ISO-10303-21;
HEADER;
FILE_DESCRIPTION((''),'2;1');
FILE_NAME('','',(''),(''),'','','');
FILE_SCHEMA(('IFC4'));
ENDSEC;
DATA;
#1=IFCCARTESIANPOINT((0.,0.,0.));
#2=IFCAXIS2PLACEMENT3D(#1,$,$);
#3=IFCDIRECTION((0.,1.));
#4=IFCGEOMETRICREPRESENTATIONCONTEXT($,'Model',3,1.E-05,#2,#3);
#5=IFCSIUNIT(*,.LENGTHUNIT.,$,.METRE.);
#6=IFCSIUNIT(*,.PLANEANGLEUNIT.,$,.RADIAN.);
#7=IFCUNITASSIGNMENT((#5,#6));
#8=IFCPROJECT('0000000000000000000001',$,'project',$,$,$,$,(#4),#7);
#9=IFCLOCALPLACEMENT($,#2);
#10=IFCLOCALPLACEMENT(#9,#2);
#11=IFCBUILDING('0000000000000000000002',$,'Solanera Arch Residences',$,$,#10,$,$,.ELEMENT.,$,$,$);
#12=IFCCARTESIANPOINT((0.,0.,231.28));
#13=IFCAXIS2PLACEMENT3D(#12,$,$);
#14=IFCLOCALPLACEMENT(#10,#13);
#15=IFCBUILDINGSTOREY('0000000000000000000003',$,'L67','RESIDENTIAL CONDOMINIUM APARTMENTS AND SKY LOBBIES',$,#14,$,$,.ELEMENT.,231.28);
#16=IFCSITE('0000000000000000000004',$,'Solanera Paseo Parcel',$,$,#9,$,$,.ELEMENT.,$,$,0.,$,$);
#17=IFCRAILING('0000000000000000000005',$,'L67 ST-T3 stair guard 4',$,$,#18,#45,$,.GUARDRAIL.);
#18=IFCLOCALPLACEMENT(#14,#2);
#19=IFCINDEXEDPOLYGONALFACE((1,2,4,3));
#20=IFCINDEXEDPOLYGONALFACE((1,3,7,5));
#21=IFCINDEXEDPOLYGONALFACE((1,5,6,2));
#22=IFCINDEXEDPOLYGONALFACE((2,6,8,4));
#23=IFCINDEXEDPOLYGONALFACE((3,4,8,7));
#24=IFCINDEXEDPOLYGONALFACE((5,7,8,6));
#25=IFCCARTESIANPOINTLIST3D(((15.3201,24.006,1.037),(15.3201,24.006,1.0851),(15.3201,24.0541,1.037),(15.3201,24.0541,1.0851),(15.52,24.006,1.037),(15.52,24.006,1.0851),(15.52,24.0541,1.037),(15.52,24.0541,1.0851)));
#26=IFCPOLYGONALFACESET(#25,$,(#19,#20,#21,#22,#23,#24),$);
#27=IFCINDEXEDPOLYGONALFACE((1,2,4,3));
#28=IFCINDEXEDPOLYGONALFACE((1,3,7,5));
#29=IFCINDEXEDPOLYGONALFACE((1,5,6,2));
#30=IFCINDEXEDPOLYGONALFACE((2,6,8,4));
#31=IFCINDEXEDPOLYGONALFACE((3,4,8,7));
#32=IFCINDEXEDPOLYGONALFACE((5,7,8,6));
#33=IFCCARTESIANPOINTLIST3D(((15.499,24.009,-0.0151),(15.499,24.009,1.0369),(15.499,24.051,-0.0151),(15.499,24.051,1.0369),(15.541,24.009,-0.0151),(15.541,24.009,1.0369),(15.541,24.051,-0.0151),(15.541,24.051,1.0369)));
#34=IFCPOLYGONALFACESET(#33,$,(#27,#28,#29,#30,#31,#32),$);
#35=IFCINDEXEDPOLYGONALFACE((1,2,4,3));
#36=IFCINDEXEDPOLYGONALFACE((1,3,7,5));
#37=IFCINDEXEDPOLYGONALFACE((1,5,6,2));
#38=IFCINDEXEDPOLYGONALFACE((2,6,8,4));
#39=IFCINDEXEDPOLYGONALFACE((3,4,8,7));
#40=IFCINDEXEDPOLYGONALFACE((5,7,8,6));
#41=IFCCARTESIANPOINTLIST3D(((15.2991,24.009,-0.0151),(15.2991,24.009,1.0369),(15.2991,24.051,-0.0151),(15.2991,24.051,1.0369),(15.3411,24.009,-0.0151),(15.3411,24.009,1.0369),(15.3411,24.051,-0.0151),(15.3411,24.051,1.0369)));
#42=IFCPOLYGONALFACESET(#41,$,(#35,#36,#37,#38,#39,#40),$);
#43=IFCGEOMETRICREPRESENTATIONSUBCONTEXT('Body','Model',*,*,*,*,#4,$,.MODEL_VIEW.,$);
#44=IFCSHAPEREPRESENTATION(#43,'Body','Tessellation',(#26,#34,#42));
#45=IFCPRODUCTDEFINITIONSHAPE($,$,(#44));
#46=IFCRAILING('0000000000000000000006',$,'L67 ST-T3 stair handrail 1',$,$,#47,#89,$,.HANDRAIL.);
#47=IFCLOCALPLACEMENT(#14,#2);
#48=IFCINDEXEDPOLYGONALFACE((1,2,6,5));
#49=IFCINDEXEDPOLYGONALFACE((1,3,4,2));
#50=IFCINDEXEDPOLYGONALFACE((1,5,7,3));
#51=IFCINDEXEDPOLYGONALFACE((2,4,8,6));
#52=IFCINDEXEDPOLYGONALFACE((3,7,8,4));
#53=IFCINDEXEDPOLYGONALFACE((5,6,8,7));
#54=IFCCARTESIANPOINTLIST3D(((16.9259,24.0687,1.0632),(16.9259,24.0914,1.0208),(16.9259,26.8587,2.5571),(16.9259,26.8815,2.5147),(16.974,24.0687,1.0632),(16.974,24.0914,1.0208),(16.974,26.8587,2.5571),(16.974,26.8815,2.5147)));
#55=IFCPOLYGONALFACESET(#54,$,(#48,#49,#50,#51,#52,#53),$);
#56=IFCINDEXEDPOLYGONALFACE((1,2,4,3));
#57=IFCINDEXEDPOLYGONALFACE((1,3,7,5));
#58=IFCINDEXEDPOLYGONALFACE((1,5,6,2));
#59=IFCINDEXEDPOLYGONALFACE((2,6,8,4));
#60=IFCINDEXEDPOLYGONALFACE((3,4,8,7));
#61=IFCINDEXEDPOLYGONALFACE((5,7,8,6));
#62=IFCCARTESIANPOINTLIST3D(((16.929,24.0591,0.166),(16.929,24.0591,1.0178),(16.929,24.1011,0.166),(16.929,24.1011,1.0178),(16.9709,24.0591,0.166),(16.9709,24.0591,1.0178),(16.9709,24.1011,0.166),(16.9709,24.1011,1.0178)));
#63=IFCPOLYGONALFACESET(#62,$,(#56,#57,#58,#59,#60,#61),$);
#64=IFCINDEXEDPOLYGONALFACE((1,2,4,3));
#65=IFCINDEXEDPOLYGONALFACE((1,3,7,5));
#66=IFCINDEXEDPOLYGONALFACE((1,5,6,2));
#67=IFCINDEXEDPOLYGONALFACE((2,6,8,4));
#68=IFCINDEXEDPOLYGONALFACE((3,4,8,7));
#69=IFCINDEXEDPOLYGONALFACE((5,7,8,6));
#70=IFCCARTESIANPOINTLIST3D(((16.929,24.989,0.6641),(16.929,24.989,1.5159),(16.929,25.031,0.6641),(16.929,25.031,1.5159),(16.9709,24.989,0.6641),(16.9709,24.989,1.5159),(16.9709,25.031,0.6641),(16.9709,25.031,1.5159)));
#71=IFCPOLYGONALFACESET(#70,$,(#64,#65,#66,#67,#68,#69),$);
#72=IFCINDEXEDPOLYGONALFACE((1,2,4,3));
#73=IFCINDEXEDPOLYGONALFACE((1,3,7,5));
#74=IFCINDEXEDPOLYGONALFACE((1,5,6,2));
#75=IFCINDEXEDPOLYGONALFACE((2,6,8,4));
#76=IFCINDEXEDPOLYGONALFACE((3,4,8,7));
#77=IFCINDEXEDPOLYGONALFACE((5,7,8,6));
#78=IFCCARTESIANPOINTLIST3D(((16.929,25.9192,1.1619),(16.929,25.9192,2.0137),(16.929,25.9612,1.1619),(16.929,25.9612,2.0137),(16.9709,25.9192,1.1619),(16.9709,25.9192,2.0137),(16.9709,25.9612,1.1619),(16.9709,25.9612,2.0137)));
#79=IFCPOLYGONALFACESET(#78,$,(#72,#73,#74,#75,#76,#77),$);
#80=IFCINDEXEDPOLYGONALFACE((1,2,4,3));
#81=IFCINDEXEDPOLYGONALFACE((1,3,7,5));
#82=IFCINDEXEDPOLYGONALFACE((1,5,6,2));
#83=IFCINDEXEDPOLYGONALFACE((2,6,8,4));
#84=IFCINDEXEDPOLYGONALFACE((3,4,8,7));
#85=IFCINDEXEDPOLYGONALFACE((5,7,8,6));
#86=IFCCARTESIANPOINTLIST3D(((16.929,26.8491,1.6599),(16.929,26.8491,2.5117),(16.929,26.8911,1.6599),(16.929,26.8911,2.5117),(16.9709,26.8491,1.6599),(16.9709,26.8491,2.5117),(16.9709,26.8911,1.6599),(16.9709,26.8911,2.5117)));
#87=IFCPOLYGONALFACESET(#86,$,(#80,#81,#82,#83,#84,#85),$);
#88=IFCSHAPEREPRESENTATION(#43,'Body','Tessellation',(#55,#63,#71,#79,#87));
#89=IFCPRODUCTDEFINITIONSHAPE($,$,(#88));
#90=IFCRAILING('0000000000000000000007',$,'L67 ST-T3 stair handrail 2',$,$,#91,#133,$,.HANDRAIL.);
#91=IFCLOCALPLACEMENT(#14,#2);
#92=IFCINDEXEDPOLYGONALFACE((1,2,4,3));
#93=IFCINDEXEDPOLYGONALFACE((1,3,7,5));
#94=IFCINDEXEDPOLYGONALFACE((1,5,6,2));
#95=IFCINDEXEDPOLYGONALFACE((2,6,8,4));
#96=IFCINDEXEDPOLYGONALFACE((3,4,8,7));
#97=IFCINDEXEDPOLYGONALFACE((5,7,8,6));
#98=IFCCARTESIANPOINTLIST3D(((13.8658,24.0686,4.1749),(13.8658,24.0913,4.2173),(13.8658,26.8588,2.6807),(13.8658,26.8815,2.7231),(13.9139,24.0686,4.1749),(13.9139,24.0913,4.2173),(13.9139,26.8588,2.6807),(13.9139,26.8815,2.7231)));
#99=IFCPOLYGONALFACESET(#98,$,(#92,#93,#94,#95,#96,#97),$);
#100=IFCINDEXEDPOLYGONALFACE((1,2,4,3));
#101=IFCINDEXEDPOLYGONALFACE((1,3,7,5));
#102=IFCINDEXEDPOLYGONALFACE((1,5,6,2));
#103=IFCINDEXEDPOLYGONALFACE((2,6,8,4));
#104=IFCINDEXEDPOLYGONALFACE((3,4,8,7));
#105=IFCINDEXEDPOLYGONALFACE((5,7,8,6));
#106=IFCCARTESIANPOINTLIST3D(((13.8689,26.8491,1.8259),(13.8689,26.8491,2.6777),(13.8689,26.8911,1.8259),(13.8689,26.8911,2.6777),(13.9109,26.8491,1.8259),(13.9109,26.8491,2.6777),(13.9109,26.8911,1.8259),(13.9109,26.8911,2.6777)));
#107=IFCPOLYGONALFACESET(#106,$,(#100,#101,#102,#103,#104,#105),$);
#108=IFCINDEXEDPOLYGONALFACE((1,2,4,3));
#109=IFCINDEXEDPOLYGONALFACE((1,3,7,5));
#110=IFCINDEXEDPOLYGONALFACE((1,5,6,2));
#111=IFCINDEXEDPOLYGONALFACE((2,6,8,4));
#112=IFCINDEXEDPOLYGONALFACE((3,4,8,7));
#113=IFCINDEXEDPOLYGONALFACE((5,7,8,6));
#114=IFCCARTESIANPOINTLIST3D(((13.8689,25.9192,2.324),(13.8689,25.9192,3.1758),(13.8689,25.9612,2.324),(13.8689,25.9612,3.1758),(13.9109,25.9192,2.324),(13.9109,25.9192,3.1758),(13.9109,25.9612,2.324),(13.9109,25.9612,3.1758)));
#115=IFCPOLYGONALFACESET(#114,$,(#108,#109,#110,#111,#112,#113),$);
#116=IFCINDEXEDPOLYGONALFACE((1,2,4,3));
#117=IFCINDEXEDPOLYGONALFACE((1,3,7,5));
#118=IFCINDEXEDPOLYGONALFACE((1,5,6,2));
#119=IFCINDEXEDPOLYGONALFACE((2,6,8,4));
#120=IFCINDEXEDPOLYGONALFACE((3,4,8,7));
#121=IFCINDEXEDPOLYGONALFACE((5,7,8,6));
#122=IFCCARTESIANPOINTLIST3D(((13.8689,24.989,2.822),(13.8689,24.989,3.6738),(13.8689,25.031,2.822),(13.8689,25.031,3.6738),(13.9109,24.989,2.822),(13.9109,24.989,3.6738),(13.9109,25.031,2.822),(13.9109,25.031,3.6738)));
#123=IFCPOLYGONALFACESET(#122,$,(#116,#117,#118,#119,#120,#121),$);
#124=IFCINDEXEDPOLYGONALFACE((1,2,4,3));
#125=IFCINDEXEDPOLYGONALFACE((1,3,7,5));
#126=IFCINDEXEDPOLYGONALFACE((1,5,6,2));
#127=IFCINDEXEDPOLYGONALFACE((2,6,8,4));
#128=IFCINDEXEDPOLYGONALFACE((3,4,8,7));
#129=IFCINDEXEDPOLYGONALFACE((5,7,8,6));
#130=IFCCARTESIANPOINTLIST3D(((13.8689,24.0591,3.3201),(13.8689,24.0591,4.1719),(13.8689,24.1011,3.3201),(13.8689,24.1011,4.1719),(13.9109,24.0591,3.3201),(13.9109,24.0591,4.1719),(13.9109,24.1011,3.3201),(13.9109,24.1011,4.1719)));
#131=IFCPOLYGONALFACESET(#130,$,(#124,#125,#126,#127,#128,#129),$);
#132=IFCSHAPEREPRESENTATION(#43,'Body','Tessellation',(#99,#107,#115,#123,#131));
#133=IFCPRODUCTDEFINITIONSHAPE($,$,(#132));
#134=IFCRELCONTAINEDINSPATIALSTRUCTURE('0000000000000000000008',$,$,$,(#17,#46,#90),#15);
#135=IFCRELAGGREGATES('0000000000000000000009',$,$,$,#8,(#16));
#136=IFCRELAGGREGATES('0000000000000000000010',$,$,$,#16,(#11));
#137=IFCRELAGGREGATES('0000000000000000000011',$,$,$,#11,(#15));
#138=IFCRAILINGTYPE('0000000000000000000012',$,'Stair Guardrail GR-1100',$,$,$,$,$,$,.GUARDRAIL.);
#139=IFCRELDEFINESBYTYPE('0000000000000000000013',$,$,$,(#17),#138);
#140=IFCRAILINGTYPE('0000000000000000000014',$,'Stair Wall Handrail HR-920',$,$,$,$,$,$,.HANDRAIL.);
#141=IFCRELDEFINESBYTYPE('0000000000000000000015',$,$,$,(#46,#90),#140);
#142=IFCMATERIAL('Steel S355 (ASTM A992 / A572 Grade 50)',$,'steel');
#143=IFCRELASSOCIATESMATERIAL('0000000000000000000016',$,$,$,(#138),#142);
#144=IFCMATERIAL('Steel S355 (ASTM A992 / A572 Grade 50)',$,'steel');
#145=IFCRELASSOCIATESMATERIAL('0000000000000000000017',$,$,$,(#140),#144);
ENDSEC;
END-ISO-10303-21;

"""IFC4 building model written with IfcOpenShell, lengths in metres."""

from ifc_helpers import new_model, si_unit, direction, frame, origin, origin_2d, place, context, subcontext, project, spatial, rectangle, extrude, material, type_object, element, save


model = new_model("IFC4")

# Units and contexts
model_context = context("Model", 3, precision=1e-05, world=origin(), true_north=direction((0.0, 1.0)))
body_context = subcontext(model_context, "Body", "Model", "MODEL_VIEW")
ifc_project = project(units=[si_unit("LENGTHUNIT", "METRE"), si_unit("PLANEANGLEUNIT", "RADIAN")], contexts=[model_context])

# Site, building, storey
site_placement = place(None, origin())
site = spatial("IfcSite", under=ifc_project, at=site_placement, Name="Solanera Paseo Parcel", CompositionType="ELEMENT", RefElevation=0.0)
building_placement = place(site_placement, origin())
building = spatial("IfcBuilding", under=site, at=building_placement, Name="Solanera Arch Residences", CompositionType="ELEMENT")
storey_placement = place(building_placement, frame((0.0, 0.0, 231.28)))
storey = spatial("IfcBuildingStorey", under=building, at=storey_placement, Name="L67", Description="RESIDENTIAL CONDOMINIUM APARTMENTS AND SKY LOBBIES", CompositionType="ELEMENT", Elevation=231.28)

# Railings
ifc_material_1 = material(Name="Steel S355 (ASTM A992 / A572 Grade 50)", Category="steel")
railing_type_1 = type_object("IfcRailingType", Name="Stair Guardrail GR-1100", PredefinedType="GUARDRAIL", material=ifc_material_1)
railing_1_placement = place(storey_placement, frame((15.52, 24.03, -0.0151)))
element("IfcRailing", 1, at=railing_1_placement, inside=storey, type_object=railing_type_1, Name="L67 ST-T3 stair guard 4", PredefinedType="GUARDRAIL", context=body_context, shape_type="SweptSolid", body=[
    extrude(rectangle(XDim=0.0481, YDim=0.0481, at=origin_2d()), frame((0.0, 0.0, 1.0762), z_axis=(-1.0, 0.0, 0.0), x_axis=(0.0, -1.0, 0.0)), (0.0, 0.0, 1.0), 0.2),
    extrude(rectangle(XDim=0.042, YDim=0.042, at=origin_2d()), origin(), (0.0, 0.0, 1.0), 1.052),
    extrude(rectangle(XDim=0.042, YDim=0.042, at=origin_2d()), frame((-0.2, 0.0, 0.0)), (0.0, 0.0, 1.0), 1.052),
])
ifc_material_2 = material(Name="Steel S355 (ASTM A992 / A572 Grade 50)", Category="steel")
railing_type_2 = type_object("IfcRailingType", Name="Stair Wall Handrail HR-920", PredefinedType="HANDRAIL", material=ifc_material_2)
railing_2_placement = place(storey_placement, frame((16.95, 24.0801, 0.166)))
element("IfcRailing", 2, at=railing_2_placement, inside=storey, type_object=railing_type_2, Name="L67 ST-T3 stair handrail 1", PredefinedType="HANDRAIL", context=body_context, shape_type="SweptSolid", body=[
    extrude(rectangle(XDim=0.0481, YDim=0.0481, at=origin_2d()), frame((0.0, 0.0, 0.876), z_axis=(0.0, 0.881581, 0.472033), x_axis=(-1.0, 0.0, 0.0)), (0.0, 0.0, 1.0), 3.1648),
    extrude(rectangle(XDim=0.042, YDim=0.042, at=origin_2d()), origin(), (0.0, 0.0, 1.0), 0.8518),
    extrude(rectangle(XDim=0.042, YDim=0.042, at=origin_2d()), frame((0.0, 0.9299, 0.498)), (0.0, 0.0, 1.0), 0.8518),
    extrude(rectangle(XDim=0.042, YDim=0.042, at=origin_2d()), frame((0.0, 1.8601, 0.9958)), (0.0, 0.0, 1.0), 0.8518),
    extrude(rectangle(XDim=0.042, YDim=0.042, at=origin_2d()), frame((0.0, 2.79, 1.4939)), (0.0, 0.0, 1.0), 0.8518),
])
railing_3_placement = place(storey_placement, frame((13.8899, 26.8701, 1.8259)))
element("IfcRailing", 3, at=railing_3_placement, inside=storey, type_object=railing_type_2, Name="L67 ST-T3 stair handrail 2", PredefinedType="HANDRAIL", context=body_context, shape_type="SweptSolid", body=[
    extrude(rectangle(XDim=0.0481, YDim=0.0481, at=origin_2d()), frame((0.0, 0.0, 0.876), z_axis=(0.0, -0.881549, 0.472093), x_axis=(1.0, 0.0, 0.0)), (0.0, 0.0, 1.0), 3.165),
    extrude(rectangle(XDim=0.042, YDim=0.042, at=origin_2d()), origin(), (0.0, 0.0, 1.0), 0.8518),
    extrude(rectangle(XDim=0.042, YDim=0.042, at=origin_2d()), frame((0.0, -0.9299, 0.498)), (0.0, 0.0, 1.0), 0.8518),
    extrude(rectangle(XDim=0.042, YDim=0.042, at=origin_2d()), frame((0.0, -1.8601, 0.9961)), (0.0, 0.0, 1.0), 0.8518),
    extrude(rectangle(XDim=0.042, YDim=0.042, at=origin_2d()), frame((0.0, -2.79, 1.4941)), (0.0, 0.0, 1.0), 0.8518),
])

save(model, "model.ifc")
